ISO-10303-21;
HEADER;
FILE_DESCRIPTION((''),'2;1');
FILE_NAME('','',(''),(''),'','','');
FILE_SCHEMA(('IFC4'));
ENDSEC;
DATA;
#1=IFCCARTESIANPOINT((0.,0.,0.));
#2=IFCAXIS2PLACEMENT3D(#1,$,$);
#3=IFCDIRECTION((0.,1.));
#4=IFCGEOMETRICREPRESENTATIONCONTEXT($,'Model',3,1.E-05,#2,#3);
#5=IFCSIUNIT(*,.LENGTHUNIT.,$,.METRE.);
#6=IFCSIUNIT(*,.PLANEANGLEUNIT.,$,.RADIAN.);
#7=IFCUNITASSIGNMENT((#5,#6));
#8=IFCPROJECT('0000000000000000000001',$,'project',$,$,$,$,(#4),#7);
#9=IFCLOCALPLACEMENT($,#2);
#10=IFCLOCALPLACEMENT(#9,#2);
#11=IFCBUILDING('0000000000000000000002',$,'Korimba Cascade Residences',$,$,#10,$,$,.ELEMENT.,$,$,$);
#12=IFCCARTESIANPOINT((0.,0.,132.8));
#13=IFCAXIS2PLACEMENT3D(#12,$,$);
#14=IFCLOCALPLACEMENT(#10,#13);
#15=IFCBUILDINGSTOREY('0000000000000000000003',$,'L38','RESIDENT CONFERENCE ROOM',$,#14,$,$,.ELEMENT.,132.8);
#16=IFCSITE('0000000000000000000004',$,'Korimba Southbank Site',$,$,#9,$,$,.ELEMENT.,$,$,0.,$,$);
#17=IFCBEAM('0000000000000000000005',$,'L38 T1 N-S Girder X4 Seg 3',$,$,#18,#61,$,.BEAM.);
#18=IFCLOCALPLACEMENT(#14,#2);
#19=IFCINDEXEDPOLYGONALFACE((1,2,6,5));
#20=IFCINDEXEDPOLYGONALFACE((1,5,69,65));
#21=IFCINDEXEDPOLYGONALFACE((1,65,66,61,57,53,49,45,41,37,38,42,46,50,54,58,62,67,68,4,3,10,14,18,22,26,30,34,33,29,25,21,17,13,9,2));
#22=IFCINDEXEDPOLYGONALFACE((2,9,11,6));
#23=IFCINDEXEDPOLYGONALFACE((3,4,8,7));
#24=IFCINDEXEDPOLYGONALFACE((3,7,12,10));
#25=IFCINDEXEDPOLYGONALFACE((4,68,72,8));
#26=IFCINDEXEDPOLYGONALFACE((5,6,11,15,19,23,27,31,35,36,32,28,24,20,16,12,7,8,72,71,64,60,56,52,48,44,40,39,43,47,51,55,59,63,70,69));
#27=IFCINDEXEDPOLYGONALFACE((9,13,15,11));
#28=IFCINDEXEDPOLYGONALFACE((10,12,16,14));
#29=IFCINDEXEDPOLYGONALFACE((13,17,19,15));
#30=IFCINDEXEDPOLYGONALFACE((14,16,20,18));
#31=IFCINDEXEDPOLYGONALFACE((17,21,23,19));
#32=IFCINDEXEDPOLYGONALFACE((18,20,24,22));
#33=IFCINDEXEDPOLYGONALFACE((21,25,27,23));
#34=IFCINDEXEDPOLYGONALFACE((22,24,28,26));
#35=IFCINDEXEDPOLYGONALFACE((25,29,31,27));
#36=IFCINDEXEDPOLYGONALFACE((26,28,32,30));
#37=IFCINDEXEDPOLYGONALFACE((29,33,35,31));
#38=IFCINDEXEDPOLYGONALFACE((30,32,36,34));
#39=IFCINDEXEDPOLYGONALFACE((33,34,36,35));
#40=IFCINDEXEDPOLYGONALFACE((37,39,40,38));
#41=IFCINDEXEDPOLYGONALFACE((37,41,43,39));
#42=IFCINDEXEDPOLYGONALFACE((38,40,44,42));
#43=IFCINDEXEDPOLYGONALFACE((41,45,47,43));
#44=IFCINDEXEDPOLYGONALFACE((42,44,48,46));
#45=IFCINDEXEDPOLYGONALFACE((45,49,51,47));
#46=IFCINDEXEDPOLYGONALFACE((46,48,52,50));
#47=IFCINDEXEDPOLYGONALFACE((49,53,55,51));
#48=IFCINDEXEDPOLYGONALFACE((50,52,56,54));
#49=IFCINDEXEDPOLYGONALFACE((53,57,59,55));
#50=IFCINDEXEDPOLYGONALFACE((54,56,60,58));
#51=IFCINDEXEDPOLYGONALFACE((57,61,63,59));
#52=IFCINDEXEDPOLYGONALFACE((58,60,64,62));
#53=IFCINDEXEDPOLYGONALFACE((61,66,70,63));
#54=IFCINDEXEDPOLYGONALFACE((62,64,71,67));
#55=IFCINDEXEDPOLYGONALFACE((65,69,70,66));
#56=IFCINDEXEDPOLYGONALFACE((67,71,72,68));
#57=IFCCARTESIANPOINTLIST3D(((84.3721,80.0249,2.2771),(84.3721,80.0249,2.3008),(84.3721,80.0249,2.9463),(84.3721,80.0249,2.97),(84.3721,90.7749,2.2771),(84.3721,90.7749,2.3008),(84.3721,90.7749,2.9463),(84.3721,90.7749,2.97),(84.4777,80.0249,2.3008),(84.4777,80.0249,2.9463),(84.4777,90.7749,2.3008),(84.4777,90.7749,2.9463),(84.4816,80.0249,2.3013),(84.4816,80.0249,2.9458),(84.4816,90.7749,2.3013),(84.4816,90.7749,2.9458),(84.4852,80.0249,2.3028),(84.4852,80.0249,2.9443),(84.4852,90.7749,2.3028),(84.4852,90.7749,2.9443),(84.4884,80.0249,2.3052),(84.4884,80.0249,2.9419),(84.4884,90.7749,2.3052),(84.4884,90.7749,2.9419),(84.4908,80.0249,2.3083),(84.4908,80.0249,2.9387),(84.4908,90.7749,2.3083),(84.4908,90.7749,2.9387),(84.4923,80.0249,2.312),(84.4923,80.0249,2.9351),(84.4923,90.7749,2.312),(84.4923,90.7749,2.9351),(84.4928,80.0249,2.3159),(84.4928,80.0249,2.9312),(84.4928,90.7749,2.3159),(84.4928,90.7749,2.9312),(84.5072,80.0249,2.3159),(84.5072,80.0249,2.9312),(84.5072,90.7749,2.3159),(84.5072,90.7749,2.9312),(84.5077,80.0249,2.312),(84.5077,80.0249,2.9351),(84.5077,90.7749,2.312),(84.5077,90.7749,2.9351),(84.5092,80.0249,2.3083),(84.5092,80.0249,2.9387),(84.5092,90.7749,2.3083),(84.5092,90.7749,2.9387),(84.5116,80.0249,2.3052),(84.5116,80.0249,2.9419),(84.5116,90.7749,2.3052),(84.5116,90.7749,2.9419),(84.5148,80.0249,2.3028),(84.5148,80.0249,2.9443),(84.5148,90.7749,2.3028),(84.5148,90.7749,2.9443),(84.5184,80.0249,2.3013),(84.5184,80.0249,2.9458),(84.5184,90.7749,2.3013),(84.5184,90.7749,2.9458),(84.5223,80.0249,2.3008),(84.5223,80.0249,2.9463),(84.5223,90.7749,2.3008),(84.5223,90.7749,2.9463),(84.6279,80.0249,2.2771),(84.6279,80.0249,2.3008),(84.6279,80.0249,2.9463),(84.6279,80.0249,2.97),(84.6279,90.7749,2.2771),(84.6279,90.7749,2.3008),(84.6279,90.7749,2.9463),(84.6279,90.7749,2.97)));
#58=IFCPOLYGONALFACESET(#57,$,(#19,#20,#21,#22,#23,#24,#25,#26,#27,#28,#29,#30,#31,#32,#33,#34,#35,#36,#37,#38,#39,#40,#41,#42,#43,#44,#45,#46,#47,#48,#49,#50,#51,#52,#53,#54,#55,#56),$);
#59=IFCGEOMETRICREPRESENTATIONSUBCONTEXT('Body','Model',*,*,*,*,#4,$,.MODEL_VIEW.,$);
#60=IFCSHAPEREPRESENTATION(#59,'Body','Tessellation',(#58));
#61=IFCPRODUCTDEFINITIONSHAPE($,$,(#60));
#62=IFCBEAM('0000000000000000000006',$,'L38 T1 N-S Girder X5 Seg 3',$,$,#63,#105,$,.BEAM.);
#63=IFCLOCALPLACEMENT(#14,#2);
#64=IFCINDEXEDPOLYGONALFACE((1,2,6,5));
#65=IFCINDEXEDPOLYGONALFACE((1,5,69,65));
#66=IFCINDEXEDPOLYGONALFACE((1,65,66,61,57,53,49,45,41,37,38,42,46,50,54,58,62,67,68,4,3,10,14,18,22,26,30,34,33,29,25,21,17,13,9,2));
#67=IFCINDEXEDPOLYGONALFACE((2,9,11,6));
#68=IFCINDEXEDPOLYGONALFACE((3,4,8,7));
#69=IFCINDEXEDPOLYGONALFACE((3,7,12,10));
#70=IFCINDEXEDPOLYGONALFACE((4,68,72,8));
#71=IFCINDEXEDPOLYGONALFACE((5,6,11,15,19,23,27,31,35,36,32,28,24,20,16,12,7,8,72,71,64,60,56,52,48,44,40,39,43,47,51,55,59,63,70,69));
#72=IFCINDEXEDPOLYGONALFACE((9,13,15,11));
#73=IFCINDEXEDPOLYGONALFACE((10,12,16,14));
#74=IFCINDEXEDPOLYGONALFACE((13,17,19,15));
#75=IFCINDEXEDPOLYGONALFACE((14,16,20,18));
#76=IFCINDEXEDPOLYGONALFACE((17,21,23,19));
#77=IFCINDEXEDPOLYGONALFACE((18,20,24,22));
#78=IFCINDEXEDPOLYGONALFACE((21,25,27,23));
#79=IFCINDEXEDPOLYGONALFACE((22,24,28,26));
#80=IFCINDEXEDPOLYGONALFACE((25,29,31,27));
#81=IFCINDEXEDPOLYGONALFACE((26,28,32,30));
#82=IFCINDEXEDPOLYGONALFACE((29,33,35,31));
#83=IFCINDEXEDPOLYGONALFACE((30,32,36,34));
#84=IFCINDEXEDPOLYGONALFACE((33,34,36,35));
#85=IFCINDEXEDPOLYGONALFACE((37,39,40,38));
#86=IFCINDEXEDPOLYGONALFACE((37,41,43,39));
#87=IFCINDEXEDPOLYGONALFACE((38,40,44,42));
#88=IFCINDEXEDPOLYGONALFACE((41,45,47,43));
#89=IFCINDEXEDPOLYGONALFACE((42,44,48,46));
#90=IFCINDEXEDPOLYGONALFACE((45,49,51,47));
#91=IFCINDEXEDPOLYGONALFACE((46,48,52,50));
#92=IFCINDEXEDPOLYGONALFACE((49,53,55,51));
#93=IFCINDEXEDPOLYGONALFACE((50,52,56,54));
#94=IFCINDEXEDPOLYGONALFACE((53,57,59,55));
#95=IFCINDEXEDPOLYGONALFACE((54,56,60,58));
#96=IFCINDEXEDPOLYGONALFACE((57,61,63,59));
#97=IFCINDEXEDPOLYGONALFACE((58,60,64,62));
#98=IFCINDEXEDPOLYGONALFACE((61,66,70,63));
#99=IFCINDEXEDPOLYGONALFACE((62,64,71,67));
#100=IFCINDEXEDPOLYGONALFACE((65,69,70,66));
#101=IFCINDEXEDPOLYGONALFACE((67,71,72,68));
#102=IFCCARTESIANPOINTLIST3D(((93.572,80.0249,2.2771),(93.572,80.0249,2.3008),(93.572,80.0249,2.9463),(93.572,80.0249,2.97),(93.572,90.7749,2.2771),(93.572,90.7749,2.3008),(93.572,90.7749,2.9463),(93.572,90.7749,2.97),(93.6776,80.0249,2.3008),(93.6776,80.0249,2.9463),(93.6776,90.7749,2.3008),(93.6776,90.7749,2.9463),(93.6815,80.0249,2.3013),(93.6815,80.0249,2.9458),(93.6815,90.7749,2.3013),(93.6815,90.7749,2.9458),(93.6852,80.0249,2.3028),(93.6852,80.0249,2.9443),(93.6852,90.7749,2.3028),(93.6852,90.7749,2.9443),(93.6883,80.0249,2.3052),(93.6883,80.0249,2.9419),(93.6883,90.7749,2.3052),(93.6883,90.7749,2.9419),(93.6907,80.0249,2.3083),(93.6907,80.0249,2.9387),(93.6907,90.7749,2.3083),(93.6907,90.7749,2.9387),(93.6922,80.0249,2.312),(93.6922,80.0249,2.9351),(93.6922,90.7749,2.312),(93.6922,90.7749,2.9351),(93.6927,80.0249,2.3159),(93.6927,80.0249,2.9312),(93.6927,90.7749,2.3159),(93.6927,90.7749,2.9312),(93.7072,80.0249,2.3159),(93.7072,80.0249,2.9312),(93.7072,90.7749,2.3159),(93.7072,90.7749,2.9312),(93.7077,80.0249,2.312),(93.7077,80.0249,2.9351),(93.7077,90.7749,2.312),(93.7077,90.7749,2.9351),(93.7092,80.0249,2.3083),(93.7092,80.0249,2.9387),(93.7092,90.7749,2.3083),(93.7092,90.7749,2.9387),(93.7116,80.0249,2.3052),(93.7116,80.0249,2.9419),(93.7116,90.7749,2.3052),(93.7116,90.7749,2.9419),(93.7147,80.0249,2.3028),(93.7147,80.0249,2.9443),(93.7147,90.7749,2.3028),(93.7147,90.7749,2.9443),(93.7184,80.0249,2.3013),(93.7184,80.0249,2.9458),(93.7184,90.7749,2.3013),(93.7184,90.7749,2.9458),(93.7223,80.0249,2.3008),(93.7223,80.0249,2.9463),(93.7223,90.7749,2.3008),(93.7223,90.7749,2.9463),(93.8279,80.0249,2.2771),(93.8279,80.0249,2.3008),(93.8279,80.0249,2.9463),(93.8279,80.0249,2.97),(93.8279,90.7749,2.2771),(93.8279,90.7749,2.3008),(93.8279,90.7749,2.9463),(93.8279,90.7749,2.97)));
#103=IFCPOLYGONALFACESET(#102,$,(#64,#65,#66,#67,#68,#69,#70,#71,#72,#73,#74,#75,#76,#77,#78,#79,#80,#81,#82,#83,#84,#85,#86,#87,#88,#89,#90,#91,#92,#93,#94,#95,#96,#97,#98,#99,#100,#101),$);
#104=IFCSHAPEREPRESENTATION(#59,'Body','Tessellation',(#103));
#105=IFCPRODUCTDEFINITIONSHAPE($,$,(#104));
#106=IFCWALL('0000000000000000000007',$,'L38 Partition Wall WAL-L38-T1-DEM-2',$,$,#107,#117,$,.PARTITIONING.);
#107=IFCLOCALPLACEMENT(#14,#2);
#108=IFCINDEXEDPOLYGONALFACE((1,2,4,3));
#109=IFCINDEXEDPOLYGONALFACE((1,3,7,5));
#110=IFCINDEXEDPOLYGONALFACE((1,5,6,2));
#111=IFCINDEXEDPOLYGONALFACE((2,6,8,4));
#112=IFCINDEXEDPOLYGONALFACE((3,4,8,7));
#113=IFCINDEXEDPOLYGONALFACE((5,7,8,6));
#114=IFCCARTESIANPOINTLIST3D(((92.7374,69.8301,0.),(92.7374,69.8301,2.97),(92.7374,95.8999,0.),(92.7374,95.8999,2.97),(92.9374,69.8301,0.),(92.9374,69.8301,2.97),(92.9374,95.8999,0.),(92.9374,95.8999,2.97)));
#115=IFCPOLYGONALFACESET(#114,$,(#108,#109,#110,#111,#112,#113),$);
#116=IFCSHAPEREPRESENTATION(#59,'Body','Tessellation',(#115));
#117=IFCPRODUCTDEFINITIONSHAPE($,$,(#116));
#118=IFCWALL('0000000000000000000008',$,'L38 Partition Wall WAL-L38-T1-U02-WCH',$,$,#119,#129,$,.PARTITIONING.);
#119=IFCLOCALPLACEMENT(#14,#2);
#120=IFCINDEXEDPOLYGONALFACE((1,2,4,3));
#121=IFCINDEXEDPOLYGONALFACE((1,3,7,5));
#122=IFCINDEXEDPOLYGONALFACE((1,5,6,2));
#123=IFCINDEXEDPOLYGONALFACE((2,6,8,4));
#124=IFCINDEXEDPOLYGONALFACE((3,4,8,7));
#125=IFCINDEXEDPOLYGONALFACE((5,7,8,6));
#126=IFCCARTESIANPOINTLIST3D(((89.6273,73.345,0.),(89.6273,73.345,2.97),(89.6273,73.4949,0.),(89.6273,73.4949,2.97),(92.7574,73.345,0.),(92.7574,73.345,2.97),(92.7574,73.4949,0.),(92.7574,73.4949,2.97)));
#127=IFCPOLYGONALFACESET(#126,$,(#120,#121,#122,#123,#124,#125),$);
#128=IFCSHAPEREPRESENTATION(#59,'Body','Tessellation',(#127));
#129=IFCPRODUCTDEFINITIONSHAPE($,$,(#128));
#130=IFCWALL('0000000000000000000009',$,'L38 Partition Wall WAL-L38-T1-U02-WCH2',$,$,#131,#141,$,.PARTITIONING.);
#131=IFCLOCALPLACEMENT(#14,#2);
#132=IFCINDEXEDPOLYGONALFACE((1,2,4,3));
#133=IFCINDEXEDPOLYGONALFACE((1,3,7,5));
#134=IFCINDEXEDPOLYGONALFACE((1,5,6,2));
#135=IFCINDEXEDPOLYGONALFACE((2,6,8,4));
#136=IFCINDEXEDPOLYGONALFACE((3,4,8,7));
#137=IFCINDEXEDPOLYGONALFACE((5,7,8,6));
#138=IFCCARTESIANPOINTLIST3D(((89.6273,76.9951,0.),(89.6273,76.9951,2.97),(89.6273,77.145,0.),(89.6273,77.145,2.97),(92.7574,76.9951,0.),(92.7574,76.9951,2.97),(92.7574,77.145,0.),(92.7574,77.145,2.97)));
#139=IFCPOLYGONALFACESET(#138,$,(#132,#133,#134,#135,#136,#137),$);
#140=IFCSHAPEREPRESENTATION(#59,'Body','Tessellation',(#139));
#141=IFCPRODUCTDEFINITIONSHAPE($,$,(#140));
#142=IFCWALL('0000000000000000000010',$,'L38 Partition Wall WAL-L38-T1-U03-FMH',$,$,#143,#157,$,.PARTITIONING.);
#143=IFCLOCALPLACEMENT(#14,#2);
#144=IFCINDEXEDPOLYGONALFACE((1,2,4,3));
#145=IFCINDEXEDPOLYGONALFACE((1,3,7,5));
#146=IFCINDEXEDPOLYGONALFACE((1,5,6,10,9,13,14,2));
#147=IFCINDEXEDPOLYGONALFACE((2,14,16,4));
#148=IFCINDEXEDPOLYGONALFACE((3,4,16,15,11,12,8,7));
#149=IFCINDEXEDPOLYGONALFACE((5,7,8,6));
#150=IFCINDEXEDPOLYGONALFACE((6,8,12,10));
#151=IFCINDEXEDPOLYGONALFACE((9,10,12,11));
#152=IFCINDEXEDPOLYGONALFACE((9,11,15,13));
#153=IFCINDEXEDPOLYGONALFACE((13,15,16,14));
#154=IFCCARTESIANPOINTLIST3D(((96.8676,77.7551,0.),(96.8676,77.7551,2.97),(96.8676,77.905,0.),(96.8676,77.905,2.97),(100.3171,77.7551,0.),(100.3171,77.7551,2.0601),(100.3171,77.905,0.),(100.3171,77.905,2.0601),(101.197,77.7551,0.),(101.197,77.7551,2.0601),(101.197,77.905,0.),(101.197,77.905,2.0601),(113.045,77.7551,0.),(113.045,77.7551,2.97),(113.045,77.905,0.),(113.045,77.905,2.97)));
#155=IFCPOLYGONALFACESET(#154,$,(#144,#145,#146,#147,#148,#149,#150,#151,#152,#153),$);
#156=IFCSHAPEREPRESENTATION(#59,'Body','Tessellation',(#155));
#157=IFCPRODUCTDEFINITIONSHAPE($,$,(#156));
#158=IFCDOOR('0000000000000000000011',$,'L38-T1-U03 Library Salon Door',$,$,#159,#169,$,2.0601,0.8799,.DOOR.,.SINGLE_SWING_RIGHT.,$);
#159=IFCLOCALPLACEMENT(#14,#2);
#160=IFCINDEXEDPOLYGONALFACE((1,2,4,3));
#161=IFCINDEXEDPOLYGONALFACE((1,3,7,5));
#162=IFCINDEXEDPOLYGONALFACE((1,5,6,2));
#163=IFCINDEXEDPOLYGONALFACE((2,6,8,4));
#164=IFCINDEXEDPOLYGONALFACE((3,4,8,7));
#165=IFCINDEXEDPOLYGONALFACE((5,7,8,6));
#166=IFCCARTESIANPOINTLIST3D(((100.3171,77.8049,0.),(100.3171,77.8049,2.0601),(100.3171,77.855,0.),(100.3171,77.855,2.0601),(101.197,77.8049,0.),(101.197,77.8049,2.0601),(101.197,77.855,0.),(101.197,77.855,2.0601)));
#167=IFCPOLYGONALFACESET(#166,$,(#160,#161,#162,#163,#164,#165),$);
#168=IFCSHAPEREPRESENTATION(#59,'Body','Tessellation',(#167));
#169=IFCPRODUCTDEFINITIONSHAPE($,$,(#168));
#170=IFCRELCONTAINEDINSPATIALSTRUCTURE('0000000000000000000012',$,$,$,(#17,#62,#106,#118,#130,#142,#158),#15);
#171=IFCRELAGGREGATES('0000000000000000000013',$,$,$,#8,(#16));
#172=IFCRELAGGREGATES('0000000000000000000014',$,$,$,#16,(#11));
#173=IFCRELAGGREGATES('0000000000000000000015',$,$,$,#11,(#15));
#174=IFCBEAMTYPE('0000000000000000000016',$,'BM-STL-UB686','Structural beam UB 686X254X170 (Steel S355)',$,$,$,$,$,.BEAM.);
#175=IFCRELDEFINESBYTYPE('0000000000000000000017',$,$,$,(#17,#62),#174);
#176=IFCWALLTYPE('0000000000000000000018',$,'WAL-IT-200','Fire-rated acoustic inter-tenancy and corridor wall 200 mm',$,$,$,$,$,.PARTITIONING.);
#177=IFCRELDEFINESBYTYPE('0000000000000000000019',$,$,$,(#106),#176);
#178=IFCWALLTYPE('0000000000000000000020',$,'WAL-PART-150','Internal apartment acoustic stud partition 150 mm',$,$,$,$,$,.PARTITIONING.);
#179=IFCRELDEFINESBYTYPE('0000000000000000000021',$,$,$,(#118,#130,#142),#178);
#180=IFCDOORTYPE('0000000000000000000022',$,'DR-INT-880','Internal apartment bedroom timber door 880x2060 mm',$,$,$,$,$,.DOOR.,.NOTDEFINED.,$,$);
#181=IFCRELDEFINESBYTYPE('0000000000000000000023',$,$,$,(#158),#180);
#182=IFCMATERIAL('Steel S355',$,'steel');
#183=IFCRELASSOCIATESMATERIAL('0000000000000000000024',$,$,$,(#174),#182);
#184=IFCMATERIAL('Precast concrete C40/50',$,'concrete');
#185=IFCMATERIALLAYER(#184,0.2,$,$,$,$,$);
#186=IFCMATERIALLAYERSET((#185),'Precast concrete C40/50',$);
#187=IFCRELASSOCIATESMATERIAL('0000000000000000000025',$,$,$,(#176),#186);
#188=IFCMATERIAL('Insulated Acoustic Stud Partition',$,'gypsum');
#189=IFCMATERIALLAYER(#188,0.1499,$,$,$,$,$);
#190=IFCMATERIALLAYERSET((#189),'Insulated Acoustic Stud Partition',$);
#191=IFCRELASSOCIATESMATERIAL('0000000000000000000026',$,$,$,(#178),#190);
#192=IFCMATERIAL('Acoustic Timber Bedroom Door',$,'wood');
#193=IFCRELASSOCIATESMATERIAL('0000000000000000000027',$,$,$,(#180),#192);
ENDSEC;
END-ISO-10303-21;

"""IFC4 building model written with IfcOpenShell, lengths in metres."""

from ifc_helpers import new_model, si_unit, direction, frame, frame_2d, origin, origin_2d, place, context, subcontext, project, spatial, rectangle, i_section, extrude, material, layer, layer_set, material_profile, profile_set, type_object, element, fill, save


model = new_model("IFC4")

# Units and contexts
model_context = context("Model", 3, precision=1e-05, world=origin(), true_north=direction((0.0, 1.0)))
body_context = subcontext(model_context, "Body", "Model", "MODEL_VIEW")
ifc_project = project(units=[si_unit("LENGTHUNIT", "METRE"), si_unit("PLANEANGLEUNIT", "RADIAN")], contexts=[model_context])

# Site, building, storey
site_placement = place(None, origin())
site = spatial("IfcSite", under=ifc_project, at=site_placement, Name="Korimba Southbank Site", CompositionType="ELEMENT", RefElevation=0.0)
building_placement = place(site_placement, origin())
building = spatial("IfcBuilding", under=site, at=building_placement, Name="Korimba Cascade Residences", CompositionType="ELEMENT")
storey_placement = place(building_placement, frame((0.0, 0.0, 132.8)))
storey = spatial("IfcBuildingStorey", under=building, at=storey_placement, Name="L38", Description="RESIDENT CONFERENCE ROOM", CompositionType="ELEMENT", Elevation=132.8)

# Beams
ifc_material_1 = material(Name="Steel S355", Category="steel")
ifc_material_profile_1 = material_profile(ifc_material_1, i_section(OverallWidth=0.2559, OverallDepth=0.6929, WebThickness=0.0144, FlangeThickness=0.0237, FilletRadius=0.0151, at=origin_2d()), Name="Steel S355")
ifc_profile_set_1 = profile_set([ifc_material_profile_1], Name="Steel S355")
beam_type_1 = type_object("IfcBeamType", Name="BM-STL-UB686", Description="Structural beam UB 686X254X170 (Steel S355)", PredefinedType="BEAM", material=ifc_profile_set_1)
for number, where, z_axis, x_axis, name in (
    (1, (84.5, 80.0249, 2.6235), (0.0, 1.0, 0.0), (-1.0, 0.0, 0.0), "L38 T1 N-S Girder X4 Seg 3"),
    (2, (93.7, 80.0249, 2.6235), (0.0, 1.0, 0.0), (-1.0, 0.0, 0.0), "L38 T1 N-S Girder X5 Seg 3"),
):
    element("IfcBeam", number, at=place(storey_placement, frame(where, z_axis=z_axis, x_axis=x_axis)), inside=storey, type_object=beam_type_1, Name=name, PredefinedType="BEAM", context=body_context, shape_type="SweptSolid", body=[
        extrude(i_section(OverallWidth=0.2559, OverallDepth=0.6929, WebThickness=0.0144, FlangeThickness=0.0237, FilletRadius=0.0151, at=origin_2d()), origin(), (0.0, 0.0, 1.0), 10.75),
    ])

# Walls
ifc_material_2 = material(Name="Precast concrete C40/50", Category="concrete")
ifc_layer_1 = layer(ifc_material_2, 0.2)
ifc_layer_set_1 = layer_set([ifc_layer_1], Name="Precast concrete C40/50")
wall_type_1 = type_object("IfcWallType", Name="WAL-IT-200", Description="Fire-rated acoustic inter-tenancy and corridor wall 200 mm", PredefinedType="PARTITIONING", material=ifc_layer_set_1)
wall_1_placement = place(storey_placement, frame((92.8374, 69.8301, 0.0), z_axis=(0.0, 0.0, 1.0), x_axis=(0.0, 1.0, 0.0)))
element("IfcWall", 3, at=wall_1_placement, inside=storey, type_object=wall_type_1, Name="L38 Partition Wall WAL-L38-T1-DEM-2", PredefinedType="PARTITIONING", context=body_context, shape_type="SweptSolid", body=[
    extrude(rectangle(XDim=26.0698, YDim=0.2, at=frame_2d((13.0349, 0.0))), origin(), (0.0, 0.0, 1.0), 2.97),
])
ifc_material_3 = material(Name="Insulated Acoustic Stud Partition", Category="gypsum")
ifc_layer_2 = layer(ifc_material_3, 0.1499)
ifc_layer_set_2 = layer_set([ifc_layer_2], Name="Insulated Acoustic Stud Partition")
wall_type_2 = type_object("IfcWallType", Name="WAL-PART-150", Description="Internal apartment acoustic stud partition 150 mm", PredefinedType="PARTITIONING", material=ifc_layer_set_2)
for number, where, z_axis, x_axis, name in (
    (4, (89.6274, 73.4199, 0.0), (0.0, 0.0, 1.0), (1.0, 0.0, 0.0), "L38 Partition Wall WAL-L38-T1-U02-WCH"),
    (5, (89.6274, 77.0701, 0.0), (0.0, 0.0, 1.0), (1.0, 0.0, 0.0), "L38 Partition Wall WAL-L38-T1-U02-WCH2"),
):
    element("IfcWall", number, at=place(storey_placement, frame(where, z_axis=z_axis, x_axis=x_axis)), inside=storey, type_object=wall_type_2, Name=name, PredefinedType="PARTITIONING", context=body_context, shape_type="SweptSolid", body=[
        extrude(rectangle(XDim=3.1301, YDim=0.1499, at=frame_2d((1.5649, 0.0))), origin(), (0.0, 0.0, 1.0), 2.97),
    ])

# Wall, opening, door
wall_2_placement = place(storey_placement, frame((96.8674, 77.8301, 0.0), z_axis=(0.0, 0.0, 1.0), x_axis=(1.0, 0.0, 0.0)))
wall_2 = element("IfcWall", 6, at=wall_2_placement, inside=storey, type_object=wall_type_2, Name="L38 Partition Wall WAL-L38-T1-U03-FMH", PredefinedType="PARTITIONING", context=body_context, shape_type="SweptSolid", body=[
    extrude(rectangle(XDim=16.1775, YDim=0.1499, at=frame_2d((8.0889, 0.0))), origin(), (0.0, 0.0, 1.0), 2.97),
])
opening_1_placement = place(wall_2_placement, frame((3.4497, 0.0, 0.0)))
opening_1 = element("IfcOpeningElement", 7, at=opening_1_placement, cuts=wall_2, PredefinedType="OPENING", context=body_context, shape_type="SweptSolid", body=[
    extrude(rectangle(XDim=0.8799, YDim=2.0601, at=frame_2d((0.4399, 1.03))), frame((0.0, 0.085, 0.0), z_axis=(0.0, -1.0, 0.0), x_axis=(1.0, 0.0, 0.0)), (0.0, 0.0, 1.0), 0.1699),
])
ifc_material_4 = material(Name="Acoustic Timber Bedroom Door", Category="wood")
door_type_1 = type_object("IfcDoorType", Name="DR-INT-880", Description="Internal apartment bedroom timber door 880x2060 mm", OperationType="NOTDEFINED", PredefinedType="DOOR", material=ifc_material_4)
door_1_placement = place(opening_1_placement, origin())
door_1 = element("IfcDoor", 8, at=door_1_placement, inside=storey, type_object=door_type_1, Name="L38-T1-U03 Library Salon Door", OperationType="SINGLE_SWING_RIGHT", OverallHeight=2.0601, OverallWidth=0.8799, PredefinedType="DOOR", context=body_context, shape_type="SweptSolid", body=[
    extrude(rectangle(XDim=0.8799, YDim=2.0601, at=frame_2d((0.4399, 1.03))), frame((0.0, 0.0249, 0.0), z_axis=(0.0, -1.0, 0.0), x_axis=(1.0, 0.0, 0.0)), (0.0, 0.0, 1.0), 0.05),
])
fill(opening_1, door_1)

save(model, "model.ifc")
